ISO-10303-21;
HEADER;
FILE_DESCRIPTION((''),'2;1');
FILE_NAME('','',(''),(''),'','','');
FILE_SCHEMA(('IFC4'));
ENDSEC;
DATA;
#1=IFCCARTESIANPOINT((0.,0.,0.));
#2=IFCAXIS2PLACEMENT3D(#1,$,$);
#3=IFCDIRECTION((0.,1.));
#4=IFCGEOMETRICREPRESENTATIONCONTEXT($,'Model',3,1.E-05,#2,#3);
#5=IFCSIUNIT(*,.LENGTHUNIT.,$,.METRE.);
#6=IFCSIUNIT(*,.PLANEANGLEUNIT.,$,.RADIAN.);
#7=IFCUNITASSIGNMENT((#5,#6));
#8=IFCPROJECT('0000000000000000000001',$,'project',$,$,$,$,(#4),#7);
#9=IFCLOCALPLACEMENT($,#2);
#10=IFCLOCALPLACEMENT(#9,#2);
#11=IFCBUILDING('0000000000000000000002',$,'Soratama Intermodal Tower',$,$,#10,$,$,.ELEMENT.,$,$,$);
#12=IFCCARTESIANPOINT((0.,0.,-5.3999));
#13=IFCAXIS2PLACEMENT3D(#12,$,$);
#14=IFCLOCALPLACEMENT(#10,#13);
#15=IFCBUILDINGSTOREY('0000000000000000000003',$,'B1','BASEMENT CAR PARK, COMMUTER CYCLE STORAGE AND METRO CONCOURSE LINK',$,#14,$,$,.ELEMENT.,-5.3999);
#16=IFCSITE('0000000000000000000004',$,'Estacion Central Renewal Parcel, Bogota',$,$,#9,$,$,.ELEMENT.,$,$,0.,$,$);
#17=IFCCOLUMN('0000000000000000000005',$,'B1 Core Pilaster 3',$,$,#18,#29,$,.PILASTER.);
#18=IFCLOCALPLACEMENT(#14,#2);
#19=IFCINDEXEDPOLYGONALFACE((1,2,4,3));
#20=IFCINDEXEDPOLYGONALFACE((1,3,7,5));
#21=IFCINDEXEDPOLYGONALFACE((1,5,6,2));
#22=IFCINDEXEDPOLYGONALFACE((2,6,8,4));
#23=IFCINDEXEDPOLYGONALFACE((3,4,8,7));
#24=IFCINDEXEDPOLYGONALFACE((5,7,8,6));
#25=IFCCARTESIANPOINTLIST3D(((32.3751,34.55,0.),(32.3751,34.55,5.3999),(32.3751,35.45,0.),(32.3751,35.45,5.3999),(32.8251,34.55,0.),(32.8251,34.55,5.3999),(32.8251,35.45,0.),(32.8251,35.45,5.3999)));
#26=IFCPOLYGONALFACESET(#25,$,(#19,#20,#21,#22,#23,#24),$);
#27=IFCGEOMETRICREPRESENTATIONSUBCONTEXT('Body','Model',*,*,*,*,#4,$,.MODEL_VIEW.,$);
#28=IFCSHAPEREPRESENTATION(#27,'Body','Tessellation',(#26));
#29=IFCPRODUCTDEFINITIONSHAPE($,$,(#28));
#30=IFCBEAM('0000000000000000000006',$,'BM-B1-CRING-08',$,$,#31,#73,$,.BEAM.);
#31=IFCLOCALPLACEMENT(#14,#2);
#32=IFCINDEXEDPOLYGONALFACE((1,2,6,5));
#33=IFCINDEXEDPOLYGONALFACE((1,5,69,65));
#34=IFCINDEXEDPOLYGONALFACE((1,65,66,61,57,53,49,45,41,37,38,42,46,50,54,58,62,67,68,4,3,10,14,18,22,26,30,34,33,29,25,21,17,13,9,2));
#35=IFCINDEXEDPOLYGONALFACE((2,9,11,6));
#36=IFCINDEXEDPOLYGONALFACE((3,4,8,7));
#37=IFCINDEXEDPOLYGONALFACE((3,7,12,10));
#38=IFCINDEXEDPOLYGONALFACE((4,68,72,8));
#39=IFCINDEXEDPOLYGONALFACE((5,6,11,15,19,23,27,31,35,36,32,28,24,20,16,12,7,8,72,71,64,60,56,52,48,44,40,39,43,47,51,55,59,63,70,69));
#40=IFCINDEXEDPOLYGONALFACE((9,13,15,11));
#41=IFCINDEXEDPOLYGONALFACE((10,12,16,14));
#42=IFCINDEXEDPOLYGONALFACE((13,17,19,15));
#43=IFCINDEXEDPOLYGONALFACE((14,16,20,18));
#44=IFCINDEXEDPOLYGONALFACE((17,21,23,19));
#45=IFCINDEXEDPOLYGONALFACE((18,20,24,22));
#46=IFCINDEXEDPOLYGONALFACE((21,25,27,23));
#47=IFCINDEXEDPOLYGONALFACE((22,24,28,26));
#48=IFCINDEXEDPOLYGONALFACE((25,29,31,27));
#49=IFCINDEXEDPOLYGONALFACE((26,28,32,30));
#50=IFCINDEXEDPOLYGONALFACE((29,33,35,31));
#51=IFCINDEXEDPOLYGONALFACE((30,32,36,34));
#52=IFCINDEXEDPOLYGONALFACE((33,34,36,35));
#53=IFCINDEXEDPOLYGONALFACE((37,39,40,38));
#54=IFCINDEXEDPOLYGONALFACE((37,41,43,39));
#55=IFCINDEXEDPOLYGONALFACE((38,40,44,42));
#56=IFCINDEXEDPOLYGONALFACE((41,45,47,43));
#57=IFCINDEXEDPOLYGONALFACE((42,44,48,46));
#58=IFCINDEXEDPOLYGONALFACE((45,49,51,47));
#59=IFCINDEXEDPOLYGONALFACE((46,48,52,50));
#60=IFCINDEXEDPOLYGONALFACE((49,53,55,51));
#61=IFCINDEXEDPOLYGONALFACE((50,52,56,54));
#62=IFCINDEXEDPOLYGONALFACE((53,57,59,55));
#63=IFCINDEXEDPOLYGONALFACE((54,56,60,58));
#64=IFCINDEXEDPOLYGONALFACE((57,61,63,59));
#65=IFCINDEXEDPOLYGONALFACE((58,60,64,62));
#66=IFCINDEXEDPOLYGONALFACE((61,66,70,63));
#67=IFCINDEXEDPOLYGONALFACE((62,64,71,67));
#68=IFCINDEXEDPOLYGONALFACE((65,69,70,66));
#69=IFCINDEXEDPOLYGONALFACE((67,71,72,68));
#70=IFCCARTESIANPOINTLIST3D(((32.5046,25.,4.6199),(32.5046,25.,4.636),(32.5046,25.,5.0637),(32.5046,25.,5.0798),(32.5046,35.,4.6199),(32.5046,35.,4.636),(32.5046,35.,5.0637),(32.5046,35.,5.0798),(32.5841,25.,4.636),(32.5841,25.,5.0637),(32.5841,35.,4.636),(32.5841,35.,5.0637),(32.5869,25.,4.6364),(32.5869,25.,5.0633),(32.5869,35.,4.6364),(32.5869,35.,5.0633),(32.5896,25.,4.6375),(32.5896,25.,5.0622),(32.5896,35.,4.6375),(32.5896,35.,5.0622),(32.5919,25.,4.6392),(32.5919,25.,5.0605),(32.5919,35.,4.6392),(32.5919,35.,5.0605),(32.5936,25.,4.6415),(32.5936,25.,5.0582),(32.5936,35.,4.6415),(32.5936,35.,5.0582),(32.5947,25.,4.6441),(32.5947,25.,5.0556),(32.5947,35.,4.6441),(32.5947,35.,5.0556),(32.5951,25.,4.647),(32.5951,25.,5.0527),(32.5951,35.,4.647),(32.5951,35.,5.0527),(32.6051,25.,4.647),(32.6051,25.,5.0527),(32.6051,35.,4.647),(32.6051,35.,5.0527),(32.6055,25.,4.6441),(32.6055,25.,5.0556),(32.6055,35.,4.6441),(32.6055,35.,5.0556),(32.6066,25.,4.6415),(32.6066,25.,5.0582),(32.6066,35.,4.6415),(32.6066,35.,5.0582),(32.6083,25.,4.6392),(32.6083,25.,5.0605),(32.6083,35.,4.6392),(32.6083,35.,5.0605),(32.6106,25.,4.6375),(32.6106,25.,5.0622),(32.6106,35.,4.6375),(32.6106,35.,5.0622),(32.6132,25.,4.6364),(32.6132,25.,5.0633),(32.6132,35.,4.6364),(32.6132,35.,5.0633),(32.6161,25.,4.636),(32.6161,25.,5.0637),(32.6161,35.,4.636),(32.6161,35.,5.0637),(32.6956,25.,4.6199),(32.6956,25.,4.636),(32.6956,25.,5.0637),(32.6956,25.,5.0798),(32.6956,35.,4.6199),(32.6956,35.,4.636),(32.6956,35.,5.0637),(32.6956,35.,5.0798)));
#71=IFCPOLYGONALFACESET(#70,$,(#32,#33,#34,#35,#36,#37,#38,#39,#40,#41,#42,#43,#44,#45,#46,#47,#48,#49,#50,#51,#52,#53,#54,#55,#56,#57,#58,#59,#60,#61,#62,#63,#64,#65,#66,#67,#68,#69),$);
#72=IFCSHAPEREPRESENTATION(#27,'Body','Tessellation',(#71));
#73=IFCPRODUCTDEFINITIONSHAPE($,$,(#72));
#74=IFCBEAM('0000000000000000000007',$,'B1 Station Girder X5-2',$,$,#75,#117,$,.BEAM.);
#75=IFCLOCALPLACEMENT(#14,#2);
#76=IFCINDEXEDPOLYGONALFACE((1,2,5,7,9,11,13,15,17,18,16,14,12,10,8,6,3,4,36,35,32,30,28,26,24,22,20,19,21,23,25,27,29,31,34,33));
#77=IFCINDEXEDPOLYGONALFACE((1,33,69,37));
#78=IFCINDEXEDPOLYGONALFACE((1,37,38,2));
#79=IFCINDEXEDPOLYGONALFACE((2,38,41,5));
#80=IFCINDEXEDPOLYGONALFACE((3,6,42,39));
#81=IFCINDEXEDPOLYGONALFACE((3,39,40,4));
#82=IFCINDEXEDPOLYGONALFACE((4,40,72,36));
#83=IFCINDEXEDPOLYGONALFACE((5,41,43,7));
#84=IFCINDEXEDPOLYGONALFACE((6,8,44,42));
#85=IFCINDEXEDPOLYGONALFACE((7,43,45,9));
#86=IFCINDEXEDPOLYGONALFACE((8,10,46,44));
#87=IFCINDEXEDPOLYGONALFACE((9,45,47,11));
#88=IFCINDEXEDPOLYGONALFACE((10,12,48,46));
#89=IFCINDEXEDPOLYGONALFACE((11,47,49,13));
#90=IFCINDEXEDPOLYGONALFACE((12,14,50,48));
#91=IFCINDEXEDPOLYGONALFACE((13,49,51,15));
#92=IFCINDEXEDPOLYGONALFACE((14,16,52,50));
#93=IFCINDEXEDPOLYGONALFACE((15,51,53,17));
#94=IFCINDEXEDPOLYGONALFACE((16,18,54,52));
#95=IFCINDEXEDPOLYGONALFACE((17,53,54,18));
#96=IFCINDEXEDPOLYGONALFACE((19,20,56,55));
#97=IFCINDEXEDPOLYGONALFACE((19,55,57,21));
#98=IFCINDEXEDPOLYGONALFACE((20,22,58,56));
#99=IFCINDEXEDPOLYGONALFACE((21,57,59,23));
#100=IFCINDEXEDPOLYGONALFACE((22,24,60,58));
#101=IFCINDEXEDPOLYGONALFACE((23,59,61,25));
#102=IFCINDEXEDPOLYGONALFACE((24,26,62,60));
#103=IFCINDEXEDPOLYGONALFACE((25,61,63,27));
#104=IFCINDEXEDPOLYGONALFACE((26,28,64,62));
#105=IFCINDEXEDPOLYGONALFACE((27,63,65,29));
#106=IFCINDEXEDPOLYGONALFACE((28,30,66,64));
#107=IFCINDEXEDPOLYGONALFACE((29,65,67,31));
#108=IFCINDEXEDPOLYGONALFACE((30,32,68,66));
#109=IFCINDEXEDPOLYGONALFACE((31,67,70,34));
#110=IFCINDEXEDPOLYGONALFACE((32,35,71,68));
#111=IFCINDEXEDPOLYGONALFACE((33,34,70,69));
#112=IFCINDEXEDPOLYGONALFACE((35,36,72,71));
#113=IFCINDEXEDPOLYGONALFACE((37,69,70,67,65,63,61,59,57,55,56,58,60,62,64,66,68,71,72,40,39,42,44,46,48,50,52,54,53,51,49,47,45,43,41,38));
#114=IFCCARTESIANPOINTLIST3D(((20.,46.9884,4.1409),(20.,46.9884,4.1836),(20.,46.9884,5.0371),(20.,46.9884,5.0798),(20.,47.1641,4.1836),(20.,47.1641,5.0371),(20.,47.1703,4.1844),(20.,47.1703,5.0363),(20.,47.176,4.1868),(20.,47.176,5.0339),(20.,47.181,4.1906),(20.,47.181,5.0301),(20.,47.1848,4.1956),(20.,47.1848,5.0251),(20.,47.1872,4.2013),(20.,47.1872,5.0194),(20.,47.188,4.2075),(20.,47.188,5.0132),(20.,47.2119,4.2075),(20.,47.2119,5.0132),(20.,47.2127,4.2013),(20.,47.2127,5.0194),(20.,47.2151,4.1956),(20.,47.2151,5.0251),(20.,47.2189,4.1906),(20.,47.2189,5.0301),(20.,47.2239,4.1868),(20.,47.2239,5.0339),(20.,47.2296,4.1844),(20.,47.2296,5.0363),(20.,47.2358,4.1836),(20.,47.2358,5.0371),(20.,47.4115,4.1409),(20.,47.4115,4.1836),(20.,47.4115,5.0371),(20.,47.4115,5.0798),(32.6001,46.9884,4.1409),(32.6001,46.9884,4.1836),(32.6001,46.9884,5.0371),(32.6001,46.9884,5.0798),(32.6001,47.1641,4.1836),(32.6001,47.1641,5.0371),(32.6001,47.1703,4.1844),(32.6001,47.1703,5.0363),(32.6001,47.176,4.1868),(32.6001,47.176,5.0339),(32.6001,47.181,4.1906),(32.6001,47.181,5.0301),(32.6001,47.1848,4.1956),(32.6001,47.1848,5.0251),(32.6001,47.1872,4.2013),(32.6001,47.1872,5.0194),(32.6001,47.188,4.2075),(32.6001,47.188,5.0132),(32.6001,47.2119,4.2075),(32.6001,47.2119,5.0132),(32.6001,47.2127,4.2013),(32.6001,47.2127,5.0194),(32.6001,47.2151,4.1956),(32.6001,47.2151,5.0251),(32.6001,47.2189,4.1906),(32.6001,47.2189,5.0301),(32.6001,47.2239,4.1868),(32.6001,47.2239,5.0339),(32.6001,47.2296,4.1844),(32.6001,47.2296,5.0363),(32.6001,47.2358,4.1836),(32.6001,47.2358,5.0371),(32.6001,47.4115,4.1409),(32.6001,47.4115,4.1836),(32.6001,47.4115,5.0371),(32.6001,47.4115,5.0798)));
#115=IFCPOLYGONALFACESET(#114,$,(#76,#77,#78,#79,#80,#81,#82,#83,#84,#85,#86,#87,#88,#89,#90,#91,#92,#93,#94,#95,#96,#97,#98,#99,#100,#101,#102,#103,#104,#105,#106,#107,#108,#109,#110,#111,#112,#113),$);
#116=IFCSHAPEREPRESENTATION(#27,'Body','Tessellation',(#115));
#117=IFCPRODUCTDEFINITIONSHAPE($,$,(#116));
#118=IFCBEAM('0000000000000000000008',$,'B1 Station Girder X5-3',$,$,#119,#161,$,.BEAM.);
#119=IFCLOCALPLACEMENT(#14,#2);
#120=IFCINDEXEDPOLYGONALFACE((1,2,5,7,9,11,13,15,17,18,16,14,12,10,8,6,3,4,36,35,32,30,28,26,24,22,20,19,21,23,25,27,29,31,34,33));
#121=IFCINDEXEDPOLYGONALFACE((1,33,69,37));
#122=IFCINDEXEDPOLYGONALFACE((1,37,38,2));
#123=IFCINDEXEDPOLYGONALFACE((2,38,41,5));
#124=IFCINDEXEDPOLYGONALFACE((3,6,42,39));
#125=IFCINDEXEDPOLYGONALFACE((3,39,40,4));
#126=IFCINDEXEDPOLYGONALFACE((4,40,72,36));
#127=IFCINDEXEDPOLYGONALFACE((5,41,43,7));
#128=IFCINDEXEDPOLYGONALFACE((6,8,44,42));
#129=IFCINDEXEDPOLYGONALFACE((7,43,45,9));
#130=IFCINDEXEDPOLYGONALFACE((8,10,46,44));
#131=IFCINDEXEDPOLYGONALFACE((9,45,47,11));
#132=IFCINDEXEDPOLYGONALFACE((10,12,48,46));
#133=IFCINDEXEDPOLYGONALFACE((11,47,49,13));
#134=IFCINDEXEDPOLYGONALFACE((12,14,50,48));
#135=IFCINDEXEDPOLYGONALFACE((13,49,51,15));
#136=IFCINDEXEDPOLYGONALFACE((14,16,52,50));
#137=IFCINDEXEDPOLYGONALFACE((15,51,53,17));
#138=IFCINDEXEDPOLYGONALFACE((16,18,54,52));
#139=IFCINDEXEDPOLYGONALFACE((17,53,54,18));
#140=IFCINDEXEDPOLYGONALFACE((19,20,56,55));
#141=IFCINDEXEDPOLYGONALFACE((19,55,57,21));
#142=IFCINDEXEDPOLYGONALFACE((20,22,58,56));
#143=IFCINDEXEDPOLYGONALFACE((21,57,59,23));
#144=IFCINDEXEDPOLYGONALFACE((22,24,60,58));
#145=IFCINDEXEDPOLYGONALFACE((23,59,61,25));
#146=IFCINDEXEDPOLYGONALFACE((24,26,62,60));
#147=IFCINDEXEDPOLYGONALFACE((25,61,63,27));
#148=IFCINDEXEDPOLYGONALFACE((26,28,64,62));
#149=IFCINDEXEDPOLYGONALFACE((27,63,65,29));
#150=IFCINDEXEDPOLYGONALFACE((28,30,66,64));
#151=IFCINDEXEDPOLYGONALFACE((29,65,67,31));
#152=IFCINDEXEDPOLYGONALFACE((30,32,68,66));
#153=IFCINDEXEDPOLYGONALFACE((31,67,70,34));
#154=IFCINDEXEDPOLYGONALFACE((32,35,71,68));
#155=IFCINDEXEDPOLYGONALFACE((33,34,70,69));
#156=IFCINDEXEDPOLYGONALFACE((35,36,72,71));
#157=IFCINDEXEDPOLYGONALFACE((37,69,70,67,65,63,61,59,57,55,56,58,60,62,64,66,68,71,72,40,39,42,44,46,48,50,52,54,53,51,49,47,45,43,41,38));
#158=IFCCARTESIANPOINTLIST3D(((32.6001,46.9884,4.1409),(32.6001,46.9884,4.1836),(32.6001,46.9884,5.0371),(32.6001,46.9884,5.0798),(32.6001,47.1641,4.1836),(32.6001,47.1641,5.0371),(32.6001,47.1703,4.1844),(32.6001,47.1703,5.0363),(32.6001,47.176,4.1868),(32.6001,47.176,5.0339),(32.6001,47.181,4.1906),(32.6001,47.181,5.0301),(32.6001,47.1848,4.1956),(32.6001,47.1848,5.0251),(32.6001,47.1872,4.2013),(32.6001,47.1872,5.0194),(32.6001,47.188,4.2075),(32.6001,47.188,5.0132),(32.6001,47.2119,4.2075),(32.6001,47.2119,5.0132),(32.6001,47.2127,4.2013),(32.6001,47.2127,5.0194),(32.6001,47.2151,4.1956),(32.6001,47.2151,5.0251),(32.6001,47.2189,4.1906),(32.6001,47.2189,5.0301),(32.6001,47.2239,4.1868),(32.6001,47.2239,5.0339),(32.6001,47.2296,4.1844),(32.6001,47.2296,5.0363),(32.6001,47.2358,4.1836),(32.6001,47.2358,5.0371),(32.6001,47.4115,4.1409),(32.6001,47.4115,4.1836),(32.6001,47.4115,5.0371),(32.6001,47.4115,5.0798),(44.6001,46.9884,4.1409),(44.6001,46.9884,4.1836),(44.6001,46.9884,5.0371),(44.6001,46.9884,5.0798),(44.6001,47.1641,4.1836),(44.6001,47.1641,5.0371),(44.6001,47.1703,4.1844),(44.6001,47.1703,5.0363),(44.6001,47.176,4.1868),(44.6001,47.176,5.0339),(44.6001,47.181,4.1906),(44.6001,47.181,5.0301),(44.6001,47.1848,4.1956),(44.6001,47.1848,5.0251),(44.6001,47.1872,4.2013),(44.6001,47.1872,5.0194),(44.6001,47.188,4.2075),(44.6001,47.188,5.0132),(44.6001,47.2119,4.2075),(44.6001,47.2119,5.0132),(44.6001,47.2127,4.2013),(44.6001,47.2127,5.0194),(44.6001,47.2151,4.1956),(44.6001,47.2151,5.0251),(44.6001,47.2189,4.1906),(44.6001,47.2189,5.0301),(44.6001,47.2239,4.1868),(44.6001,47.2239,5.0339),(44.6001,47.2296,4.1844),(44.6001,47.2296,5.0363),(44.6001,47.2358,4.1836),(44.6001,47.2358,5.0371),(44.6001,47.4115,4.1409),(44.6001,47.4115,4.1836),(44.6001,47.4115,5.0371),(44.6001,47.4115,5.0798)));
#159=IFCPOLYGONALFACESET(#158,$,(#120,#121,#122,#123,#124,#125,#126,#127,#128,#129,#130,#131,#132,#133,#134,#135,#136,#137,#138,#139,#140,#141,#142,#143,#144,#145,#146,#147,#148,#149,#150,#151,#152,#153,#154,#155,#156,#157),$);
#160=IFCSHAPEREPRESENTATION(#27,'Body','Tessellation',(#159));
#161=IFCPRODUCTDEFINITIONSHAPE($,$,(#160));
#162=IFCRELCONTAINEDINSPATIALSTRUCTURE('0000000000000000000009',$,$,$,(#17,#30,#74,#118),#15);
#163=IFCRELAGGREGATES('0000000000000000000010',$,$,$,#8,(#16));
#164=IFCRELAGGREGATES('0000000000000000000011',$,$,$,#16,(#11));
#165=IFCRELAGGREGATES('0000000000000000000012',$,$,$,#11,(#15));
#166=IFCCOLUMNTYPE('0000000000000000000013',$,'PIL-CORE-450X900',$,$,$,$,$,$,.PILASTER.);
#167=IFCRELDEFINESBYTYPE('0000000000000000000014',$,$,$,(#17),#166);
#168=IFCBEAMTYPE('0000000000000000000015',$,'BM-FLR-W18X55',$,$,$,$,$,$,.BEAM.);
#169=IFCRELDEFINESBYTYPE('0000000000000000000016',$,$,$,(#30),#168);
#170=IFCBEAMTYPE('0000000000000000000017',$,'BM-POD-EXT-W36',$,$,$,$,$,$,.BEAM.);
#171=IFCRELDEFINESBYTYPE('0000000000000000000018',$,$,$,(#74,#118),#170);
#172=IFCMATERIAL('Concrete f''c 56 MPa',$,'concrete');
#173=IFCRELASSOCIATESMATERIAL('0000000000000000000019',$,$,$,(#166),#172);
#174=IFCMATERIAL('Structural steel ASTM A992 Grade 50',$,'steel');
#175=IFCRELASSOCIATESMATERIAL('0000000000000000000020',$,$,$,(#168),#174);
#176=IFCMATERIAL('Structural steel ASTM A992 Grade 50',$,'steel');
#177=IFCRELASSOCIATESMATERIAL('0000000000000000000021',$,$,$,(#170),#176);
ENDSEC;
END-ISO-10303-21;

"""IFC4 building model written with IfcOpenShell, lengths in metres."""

from ifc_helpers import new_model, si_unit, direction, frame, origin, origin_2d, place, context, subcontext, project, spatial, rectangle, i_section, extrude, material, material_profile, profile_set, type_object, element, save


model = new_model("IFC4")

# Units and contexts
model_context = context("Model", 3, precision=1e-05, world=origin(), true_north=direction((0.0, 1.0)))
body_context = subcontext(model_context, "Body", "Model", "MODEL_VIEW")
ifc_project = project(units=[si_unit("LENGTHUNIT", "METRE"), si_unit("PLANEANGLEUNIT", "RADIAN")], contexts=[model_context])

# Site, building, storey
site_placement = place(None, origin())
site = spatial("IfcSite", under=ifc_project, at=site_placement, Name="Estacion Central Renewal Parcel, Bogota", CompositionType="ELEMENT", RefElevation=0.0)
building_placement = place(site_placement, origin())
building = spatial("IfcBuilding", under=site, at=building_placement, Name="Soratama Intermodal Tower", CompositionType="ELEMENT")
storey_placement = place(building_placement, frame((0.0, 0.0, -5.3999)))
storey = spatial("IfcBuildingStorey", under=building, at=storey_placement, Name="B1", Description="BASEMENT CAR PARK, COMMUTER CYCLE STORAGE AND METRO CONCOURSE LINK", CompositionType="ELEMENT", Elevation=-5.3999)

# Column
ifc_material_1 = material(Name="Concrete f'c 56 MPa", Category="concrete")
ifc_material_profile_1 = material_profile(ifc_material_1, rectangle(XDim=0.45, YDim=0.8999, at=origin_2d()), Name="RC450X900")
ifc_profile_set_1 = profile_set([ifc_material_profile_1], Name="Concrete f'c 56 MPa")
column_type_1 = type_object("IfcColumnType", Name="PIL-CORE-450X900", PredefinedType="PILASTER", material=ifc_profile_set_1)
column_1_placement = place(storey_placement, frame((32.6001, 35.0, 0.0), z_axis=(0.0, 0.0, 1.0), x_axis=(1.0, 0.0, 0.0)))
element("IfcColumn", 1, at=column_1_placement, inside=storey, type_object=column_type_1, Name="B1 Core Pilaster 3", PredefinedType="PILASTER", context=body_context, shape_type="SweptSolid", body=[
    extrude(rectangle(XDim=0.45, YDim=0.8999, at=origin_2d()), origin(), (0.0, 0.0, 1.0), 5.3999),
])

# Beams
ifc_material_2 = material(Name="Structural steel ASTM A992 Grade 50", Category="steel")
ifc_material_profile_2 = material_profile(ifc_material_2, i_section(OverallWidth=0.1909, OverallDepth=0.46, WebThickness=0.01, FlangeThickness=0.0161, FilletRadius=0.011, at=origin_2d()), Name="W18X55")
ifc_profile_set_2 = profile_set([ifc_material_profile_2], Name="Structural steel ASTM A992 Grade 50")
beam_type_1 = type_object("IfcBeamType", Name="BM-FLR-W18X55", PredefinedType="BEAM", material=ifc_profile_set_2)
beam_1_placement = place(storey_placement, frame((32.6001, 35.0, 4.8499), z_axis=(0.0, -1.0, 0.0), x_axis=(1.0, 0.0, 0.0)))
element("IfcBeam", 2, at=beam_1_placement, inside=storey, type_object=beam_type_1, Name="BM-B1-CRING-08", PredefinedType="BEAM", context=body_context, shape_type="SweptSolid", body=[
    extrude(i_section(OverallWidth=0.1909, OverallDepth=0.46, WebThickness=0.01, FlangeThickness=0.0161, FilletRadius=0.011, at=origin_2d()), origin(), (0.0, 0.0, 1.0), 10.0),
])
ifc_material_3 = material(Name="Structural steel ASTM A992 Grade 50", Category="steel")
ifc_material_profile_3 = material_profile(ifc_material_3, i_section(OverallWidth=0.4231, OverallDepth=0.939, WebThickness=0.0239, FlangeThickness=0.0427, FilletRadius=0.0239, at=origin_2d()), Name="W36X302")
ifc_profile_set_3 = profile_set([ifc_material_profile_3], Name="Structural steel ASTM A992 Grade 50")
beam_type_2 = type_object("IfcBeamType", Name="BM-POD-EXT-W36", PredefinedType="BEAM", material=ifc_profile_set_3)
beam_2_placement = place(storey_placement, frame((20.0, 47.2, 4.6104), z_axis=(1.0, 0.0, 0.0), x_axis=(0.0, 1.0, 0.0)))
element("IfcBeam", 3, at=beam_2_placement, inside=storey, type_object=beam_type_2, Name="B1 Station Girder X5-2", PredefinedType="BEAM", context=body_context, shape_type="SweptSolid", body=[
    extrude(i_section(OverallWidth=0.4231, OverallDepth=0.939, WebThickness=0.0239, FlangeThickness=0.0427, FilletRadius=0.0239, at=origin_2d()), origin(), (0.0, 0.0, 1.0), 12.6001),
])
beam_3_placement = place(storey_placement, frame((32.6001, 47.2, 4.6104), z_axis=(1.0, 0.0, 0.0), x_axis=(0.0, 1.0, 0.0)))
element("IfcBeam", 4, at=beam_3_placement, inside=storey, type_object=beam_type_2, Name="B1 Station Girder X5-3", PredefinedType="BEAM", context=body_context, shape_type="SweptSolid", body=[
    extrude(i_section(OverallWidth=0.4231, OverallDepth=0.939, WebThickness=0.0239, FlangeThickness=0.0427, FilletRadius=0.0239, at=origin_2d()), origin(), (0.0, 0.0, 1.0), 12.0),
])

save(model, "model.ifc")
